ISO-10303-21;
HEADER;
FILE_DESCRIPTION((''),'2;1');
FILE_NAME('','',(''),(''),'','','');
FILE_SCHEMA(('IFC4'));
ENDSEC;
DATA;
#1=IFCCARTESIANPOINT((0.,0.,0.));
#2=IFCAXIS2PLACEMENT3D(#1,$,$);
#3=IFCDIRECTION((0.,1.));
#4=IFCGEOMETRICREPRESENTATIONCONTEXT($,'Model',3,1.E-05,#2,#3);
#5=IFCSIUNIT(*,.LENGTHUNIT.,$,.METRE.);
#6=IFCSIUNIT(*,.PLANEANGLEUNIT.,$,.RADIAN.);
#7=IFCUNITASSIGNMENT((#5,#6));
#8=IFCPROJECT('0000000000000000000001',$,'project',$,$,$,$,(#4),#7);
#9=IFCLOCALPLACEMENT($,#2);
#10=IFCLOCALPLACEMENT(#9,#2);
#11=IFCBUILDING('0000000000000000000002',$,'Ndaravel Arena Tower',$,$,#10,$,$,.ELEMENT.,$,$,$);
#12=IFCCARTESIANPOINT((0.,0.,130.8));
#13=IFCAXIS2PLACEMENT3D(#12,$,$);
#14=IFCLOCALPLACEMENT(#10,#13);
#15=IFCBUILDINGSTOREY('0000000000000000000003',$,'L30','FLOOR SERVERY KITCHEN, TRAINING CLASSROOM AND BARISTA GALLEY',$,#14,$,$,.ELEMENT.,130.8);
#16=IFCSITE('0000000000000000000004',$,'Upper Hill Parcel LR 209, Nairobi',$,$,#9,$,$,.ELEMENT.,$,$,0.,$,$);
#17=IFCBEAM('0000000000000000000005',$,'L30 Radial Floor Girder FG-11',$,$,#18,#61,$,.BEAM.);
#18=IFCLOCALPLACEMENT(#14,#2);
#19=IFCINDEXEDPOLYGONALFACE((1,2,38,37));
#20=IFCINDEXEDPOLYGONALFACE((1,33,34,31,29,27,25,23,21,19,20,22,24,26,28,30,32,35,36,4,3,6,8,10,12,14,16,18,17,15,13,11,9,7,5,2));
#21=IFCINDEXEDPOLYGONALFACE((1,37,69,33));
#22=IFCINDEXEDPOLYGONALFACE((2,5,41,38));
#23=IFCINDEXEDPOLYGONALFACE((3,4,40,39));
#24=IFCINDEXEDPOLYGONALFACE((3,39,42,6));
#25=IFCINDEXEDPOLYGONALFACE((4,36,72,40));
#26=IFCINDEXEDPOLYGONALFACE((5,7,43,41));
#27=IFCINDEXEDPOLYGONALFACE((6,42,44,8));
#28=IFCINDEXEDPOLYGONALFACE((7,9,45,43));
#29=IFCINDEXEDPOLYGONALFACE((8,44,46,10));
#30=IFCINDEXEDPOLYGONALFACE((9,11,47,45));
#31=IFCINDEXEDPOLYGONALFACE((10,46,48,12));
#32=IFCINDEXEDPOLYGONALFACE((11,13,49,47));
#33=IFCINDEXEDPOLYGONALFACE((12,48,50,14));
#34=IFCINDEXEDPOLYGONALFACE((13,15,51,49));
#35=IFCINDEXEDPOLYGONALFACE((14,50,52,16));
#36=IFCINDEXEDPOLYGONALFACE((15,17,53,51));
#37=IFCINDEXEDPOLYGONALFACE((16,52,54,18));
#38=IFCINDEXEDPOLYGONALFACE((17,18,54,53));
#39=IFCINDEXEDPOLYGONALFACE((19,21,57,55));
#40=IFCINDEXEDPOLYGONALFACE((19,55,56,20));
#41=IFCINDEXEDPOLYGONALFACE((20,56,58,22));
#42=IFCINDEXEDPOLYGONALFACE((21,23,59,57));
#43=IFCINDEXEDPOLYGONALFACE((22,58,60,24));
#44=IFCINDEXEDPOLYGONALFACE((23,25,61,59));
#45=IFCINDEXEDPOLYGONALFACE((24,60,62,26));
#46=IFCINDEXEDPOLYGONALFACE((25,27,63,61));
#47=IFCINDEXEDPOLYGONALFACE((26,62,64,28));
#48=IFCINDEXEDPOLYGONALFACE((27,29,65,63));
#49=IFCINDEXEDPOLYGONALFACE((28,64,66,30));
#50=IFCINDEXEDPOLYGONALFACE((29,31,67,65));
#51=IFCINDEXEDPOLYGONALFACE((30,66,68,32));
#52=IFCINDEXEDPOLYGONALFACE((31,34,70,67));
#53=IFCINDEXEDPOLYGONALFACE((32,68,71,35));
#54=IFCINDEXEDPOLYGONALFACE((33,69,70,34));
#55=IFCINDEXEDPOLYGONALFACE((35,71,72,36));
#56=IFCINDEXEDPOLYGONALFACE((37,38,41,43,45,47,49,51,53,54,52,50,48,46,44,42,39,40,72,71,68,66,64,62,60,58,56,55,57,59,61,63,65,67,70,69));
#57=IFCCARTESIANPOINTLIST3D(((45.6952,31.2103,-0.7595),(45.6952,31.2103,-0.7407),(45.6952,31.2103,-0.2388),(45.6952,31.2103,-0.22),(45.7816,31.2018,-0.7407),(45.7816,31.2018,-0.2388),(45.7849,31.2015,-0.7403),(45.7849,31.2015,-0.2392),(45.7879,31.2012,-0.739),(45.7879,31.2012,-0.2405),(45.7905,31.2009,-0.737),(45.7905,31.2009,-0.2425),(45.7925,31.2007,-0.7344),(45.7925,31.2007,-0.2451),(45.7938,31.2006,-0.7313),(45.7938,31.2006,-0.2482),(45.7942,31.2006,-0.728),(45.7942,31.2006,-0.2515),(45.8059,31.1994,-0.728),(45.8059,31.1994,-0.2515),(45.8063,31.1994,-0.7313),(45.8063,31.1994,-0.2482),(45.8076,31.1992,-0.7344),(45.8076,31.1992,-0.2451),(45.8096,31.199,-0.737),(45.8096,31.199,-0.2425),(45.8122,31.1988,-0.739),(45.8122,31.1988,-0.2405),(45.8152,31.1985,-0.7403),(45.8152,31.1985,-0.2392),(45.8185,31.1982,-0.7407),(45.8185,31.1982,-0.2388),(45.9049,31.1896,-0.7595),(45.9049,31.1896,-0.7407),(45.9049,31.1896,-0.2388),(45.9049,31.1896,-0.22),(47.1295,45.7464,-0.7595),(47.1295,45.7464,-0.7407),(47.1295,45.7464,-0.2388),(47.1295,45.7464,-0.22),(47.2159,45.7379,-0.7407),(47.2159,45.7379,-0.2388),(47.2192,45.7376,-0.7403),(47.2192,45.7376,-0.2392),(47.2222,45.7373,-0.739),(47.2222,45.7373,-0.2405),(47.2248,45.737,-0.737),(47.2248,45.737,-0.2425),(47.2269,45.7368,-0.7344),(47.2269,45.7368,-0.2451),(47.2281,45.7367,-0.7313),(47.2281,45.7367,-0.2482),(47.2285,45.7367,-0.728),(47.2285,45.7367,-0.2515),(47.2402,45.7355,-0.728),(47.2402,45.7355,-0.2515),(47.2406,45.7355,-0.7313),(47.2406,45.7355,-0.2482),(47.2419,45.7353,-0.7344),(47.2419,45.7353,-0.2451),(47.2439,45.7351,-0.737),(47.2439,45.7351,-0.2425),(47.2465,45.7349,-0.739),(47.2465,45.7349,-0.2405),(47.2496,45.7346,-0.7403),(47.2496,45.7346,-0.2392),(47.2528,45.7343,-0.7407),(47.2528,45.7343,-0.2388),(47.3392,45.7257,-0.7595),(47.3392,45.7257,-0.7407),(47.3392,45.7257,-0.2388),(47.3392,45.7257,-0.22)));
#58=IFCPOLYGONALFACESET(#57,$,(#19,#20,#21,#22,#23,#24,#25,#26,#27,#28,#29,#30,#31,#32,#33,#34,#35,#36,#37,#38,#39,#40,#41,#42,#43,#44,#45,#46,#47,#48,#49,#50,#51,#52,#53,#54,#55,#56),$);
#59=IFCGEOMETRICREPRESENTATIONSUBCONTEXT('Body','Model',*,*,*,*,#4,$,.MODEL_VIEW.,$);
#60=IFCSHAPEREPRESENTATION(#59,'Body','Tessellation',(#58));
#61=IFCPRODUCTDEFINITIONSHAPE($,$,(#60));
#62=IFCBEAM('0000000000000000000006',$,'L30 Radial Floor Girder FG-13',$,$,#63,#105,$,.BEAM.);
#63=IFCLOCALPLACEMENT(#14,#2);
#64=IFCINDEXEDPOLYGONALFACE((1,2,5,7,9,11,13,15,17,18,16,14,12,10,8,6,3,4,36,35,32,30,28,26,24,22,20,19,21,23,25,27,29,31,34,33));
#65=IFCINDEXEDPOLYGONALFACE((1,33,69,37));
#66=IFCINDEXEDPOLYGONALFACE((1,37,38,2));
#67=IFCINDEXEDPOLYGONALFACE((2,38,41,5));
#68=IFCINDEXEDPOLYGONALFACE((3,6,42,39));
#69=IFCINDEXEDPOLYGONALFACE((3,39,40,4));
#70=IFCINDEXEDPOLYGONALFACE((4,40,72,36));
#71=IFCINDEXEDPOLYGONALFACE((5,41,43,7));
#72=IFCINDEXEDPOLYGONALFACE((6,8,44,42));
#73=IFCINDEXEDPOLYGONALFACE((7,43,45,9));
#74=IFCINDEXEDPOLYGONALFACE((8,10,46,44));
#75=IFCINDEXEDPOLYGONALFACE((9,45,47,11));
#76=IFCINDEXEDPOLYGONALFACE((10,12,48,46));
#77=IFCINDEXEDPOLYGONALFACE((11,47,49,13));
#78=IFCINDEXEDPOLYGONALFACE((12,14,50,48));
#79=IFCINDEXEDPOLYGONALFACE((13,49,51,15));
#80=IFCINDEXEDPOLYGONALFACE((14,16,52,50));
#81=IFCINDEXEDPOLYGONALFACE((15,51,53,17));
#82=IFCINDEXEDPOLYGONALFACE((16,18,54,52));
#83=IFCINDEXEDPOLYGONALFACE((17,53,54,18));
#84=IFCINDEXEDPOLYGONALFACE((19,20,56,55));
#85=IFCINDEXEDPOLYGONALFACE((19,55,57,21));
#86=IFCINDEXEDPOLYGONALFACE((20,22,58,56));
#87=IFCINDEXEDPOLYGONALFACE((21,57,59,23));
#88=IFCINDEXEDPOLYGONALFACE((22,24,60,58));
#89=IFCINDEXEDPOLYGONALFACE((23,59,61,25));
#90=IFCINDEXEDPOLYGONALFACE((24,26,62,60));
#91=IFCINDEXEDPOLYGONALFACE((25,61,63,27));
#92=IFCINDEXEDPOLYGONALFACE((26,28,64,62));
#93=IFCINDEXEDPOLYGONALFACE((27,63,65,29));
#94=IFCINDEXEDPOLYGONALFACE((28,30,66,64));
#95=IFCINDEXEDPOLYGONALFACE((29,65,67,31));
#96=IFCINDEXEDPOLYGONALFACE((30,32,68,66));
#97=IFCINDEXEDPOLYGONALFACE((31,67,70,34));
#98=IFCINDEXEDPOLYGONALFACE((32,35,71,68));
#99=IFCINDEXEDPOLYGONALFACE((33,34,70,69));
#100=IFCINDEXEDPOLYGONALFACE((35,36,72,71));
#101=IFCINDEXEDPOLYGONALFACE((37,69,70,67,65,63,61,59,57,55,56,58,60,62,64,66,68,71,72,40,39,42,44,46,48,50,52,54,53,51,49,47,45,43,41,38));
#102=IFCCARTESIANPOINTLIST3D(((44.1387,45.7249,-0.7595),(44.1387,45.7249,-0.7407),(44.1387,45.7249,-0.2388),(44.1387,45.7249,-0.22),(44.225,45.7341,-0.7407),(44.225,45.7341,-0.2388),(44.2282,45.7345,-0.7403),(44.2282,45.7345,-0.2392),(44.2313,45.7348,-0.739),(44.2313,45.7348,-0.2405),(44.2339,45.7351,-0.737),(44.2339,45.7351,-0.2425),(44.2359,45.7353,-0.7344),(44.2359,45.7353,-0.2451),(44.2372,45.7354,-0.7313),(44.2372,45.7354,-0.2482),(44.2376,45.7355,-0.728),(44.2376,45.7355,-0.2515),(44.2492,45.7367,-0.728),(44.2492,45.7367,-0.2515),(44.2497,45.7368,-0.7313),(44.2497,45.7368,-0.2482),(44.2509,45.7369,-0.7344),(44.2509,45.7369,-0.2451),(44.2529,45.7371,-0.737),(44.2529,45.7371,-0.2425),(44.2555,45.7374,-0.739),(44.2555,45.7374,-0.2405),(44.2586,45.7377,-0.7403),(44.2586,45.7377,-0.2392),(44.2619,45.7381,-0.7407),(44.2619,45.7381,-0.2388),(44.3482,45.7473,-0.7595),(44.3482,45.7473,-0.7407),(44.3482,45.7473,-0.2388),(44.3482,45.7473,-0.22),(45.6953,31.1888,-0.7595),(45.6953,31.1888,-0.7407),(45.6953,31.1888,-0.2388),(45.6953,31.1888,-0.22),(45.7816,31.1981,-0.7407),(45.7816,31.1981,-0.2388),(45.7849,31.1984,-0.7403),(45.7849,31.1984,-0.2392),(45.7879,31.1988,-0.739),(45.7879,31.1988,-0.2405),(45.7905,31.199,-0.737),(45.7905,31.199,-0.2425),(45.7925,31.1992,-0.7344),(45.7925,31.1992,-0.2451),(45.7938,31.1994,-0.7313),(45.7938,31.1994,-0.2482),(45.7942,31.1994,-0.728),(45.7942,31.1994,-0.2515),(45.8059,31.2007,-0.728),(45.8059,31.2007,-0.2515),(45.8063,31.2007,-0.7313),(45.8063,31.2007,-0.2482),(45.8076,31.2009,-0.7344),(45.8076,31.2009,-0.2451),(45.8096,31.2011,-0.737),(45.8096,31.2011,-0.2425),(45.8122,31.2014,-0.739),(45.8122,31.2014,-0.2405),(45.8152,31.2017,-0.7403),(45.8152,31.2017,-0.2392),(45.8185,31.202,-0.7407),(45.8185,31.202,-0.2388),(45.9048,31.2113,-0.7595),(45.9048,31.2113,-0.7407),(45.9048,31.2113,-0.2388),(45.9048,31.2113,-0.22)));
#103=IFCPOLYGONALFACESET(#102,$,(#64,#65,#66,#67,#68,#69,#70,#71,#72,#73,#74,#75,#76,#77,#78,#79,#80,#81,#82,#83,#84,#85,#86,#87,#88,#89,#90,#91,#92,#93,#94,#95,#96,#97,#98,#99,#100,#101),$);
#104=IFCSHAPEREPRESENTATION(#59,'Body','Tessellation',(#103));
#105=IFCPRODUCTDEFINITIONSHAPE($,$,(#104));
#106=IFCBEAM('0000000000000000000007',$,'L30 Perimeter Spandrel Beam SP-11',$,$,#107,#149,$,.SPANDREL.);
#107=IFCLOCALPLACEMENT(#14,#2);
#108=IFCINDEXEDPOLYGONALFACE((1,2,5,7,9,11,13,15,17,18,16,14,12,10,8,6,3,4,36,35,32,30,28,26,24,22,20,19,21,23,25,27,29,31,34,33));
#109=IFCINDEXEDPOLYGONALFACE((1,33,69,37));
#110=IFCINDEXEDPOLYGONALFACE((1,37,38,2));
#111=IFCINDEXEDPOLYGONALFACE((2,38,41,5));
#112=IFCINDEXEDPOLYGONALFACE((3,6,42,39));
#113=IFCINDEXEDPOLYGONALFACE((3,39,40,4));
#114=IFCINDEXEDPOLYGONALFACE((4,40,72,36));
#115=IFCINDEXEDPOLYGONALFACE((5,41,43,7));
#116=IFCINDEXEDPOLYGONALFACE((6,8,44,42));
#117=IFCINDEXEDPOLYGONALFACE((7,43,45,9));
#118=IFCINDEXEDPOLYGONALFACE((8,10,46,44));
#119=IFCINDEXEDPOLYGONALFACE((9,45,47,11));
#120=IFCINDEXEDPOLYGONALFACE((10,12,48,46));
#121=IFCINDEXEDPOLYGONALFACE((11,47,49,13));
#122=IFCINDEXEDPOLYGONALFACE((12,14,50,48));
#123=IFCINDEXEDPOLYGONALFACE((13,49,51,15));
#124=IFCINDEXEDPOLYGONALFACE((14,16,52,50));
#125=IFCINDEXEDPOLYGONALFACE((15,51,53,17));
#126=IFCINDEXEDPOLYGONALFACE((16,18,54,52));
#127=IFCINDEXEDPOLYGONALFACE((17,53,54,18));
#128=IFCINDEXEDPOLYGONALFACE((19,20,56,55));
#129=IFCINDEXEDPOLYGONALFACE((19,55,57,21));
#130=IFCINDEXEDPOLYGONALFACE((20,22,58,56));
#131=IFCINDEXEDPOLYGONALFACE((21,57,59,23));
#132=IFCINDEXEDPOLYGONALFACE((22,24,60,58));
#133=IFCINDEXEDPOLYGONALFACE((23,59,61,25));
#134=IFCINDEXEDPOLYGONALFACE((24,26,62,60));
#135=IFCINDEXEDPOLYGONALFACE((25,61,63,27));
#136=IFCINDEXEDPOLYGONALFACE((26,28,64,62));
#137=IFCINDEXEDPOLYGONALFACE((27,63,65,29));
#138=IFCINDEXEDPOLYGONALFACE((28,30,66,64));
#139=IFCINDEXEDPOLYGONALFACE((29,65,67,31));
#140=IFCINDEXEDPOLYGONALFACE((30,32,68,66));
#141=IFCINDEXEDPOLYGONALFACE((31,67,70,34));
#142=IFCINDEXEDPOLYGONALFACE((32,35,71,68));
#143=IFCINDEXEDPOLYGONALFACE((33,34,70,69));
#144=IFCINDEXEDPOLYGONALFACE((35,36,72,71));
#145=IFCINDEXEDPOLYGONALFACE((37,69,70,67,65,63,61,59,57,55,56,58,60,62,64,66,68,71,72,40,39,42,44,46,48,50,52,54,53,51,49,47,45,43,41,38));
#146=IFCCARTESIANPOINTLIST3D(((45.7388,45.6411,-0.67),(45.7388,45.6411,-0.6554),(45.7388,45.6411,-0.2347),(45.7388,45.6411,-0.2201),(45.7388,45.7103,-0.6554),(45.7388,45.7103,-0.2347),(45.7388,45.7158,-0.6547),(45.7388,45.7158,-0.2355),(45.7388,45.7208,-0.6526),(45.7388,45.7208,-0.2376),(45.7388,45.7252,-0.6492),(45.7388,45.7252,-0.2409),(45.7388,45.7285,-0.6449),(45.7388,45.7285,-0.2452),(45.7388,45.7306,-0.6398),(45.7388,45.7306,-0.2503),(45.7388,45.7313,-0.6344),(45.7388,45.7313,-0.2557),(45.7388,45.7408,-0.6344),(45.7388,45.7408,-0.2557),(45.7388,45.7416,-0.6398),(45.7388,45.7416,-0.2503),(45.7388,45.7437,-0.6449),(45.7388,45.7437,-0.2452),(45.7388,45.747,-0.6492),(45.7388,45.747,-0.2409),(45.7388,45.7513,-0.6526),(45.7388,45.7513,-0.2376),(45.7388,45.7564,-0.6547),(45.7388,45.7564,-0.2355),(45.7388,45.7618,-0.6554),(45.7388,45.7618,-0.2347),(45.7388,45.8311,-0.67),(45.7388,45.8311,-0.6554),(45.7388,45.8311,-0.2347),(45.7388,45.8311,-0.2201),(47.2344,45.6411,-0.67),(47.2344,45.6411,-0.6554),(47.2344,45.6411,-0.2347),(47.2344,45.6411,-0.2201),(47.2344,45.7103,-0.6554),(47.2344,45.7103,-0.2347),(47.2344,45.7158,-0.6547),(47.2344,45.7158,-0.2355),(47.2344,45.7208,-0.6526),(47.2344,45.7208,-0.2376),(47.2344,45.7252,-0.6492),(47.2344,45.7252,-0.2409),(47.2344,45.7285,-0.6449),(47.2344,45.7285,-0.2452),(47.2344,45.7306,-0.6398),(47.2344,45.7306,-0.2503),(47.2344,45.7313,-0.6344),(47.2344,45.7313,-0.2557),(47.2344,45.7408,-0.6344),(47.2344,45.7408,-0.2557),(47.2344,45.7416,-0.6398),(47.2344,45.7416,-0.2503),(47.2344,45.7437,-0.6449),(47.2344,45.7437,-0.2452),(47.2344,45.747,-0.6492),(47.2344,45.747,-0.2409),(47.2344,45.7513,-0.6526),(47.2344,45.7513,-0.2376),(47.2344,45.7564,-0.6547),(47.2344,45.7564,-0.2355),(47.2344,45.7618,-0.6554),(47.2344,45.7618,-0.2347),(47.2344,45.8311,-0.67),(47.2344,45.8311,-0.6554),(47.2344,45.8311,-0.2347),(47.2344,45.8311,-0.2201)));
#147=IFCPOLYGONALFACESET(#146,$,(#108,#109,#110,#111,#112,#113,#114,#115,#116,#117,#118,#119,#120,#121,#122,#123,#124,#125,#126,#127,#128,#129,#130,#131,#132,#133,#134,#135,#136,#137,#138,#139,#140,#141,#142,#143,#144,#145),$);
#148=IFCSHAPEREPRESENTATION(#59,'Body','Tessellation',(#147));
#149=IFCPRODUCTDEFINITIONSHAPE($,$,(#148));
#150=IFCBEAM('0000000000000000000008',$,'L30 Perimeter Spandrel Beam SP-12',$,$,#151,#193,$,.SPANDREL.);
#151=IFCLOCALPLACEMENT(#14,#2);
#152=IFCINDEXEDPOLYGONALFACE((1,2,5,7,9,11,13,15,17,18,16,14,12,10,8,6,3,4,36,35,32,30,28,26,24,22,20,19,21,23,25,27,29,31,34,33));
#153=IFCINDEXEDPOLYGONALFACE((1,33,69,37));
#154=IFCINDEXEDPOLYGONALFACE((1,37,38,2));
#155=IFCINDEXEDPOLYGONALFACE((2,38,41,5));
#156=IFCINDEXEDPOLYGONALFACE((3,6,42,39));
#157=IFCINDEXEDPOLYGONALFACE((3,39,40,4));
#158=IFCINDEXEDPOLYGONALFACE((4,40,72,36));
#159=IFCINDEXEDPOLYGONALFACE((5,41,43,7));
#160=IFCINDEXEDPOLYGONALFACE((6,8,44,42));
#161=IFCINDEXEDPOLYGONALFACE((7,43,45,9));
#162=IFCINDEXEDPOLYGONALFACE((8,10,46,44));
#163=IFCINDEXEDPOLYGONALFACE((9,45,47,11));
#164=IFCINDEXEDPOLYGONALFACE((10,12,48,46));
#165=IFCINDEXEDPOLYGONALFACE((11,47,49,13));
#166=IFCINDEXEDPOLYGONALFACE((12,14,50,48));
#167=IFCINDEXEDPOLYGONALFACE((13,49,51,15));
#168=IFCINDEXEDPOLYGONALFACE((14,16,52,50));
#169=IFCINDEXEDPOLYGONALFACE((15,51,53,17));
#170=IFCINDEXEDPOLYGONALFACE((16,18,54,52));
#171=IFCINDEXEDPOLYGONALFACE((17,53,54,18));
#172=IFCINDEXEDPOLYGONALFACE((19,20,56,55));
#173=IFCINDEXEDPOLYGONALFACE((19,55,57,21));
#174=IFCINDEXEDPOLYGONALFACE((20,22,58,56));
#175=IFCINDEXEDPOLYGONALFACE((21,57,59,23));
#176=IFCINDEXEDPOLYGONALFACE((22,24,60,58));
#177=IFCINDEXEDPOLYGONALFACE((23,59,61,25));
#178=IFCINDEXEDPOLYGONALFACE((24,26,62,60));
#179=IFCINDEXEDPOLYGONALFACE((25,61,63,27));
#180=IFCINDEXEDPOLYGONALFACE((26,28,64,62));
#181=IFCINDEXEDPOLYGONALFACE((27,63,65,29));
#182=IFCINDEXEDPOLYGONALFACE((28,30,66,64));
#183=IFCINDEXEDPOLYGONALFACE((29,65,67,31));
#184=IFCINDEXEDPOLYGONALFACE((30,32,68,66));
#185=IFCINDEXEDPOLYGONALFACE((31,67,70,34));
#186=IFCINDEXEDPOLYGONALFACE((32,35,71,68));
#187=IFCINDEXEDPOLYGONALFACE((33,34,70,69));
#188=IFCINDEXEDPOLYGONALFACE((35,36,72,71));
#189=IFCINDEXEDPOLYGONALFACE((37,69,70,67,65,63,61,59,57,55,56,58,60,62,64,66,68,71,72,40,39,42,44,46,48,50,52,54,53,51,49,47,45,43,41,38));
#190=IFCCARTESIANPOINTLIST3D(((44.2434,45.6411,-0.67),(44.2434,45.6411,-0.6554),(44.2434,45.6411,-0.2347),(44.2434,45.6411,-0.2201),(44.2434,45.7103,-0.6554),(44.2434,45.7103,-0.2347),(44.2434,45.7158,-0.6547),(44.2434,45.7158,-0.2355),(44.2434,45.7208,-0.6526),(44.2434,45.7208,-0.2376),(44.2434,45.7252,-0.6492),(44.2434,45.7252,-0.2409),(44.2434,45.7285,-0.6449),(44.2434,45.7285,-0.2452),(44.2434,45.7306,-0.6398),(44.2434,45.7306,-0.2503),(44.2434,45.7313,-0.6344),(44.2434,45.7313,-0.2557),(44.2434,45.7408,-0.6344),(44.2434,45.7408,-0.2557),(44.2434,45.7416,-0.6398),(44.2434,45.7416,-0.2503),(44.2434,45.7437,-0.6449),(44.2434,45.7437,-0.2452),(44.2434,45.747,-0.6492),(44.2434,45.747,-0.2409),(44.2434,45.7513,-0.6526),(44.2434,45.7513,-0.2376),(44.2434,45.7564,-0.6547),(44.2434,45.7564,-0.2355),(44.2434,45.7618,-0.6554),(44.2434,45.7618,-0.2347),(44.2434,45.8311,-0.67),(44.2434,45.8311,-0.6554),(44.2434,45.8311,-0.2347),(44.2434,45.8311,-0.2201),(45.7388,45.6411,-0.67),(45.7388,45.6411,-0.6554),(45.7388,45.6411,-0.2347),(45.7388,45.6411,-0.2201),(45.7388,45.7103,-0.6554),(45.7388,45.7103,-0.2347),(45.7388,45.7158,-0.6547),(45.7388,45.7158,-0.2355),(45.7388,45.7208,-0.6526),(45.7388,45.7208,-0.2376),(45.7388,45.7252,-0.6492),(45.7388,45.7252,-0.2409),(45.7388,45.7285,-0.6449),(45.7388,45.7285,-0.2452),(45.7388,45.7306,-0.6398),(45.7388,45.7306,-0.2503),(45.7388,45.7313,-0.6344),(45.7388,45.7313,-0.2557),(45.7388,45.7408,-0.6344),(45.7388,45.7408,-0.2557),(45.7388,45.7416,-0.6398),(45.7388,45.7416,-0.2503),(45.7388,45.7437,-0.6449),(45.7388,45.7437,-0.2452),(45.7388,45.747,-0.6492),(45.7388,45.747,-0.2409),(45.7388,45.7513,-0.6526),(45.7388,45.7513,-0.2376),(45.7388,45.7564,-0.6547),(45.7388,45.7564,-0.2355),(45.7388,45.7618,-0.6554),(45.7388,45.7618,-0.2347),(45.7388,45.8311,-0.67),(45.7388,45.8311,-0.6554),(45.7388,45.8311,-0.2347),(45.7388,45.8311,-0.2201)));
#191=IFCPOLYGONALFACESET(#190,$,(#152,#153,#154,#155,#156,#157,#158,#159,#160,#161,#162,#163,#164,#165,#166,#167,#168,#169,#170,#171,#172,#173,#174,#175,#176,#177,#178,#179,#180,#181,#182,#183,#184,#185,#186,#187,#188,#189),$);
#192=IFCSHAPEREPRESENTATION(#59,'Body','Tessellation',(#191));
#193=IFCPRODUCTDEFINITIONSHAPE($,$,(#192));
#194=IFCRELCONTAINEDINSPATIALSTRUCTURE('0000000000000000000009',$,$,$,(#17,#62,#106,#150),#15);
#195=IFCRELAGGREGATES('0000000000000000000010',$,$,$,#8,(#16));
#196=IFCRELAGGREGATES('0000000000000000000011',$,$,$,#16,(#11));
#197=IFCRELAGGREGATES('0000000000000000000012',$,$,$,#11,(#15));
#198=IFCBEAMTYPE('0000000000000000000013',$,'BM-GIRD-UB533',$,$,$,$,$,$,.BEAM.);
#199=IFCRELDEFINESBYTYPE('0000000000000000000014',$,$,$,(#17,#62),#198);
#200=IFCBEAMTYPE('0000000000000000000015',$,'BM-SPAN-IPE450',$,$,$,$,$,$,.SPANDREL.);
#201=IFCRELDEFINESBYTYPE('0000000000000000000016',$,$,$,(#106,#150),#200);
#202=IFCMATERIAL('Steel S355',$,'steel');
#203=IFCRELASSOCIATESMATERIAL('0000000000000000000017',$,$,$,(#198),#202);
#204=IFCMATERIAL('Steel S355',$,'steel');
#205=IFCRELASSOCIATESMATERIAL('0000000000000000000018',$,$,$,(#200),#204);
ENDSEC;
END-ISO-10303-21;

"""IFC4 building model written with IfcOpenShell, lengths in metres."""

from ifc_helpers import new_model, si_unit, direction, frame, origin, origin_2d, place, context, subcontext, project, spatial, i_section, extrude, material, material_profile, profile_set, type_object, element, save


model = new_model("IFC4")

# Units and contexts
model_context = context("Model", 3, precision=1e-05, world=origin(), true_north=direction((0.0, 1.0)))
body_context = subcontext(model_context, "Body", "Model", "MODEL_VIEW")
ifc_project = project(units=[si_unit("LENGTHUNIT", "METRE"), si_unit("PLANEANGLEUNIT", "RADIAN")], contexts=[model_context])

# Site, building, storey
site_placement = place(None, origin())
site = spatial("IfcSite", under=ifc_project, at=site_placement, Name="Upper Hill Parcel LR 209, Nairobi", CompositionType="ELEMENT", RefElevation=0.0)
building_placement = place(site_placement, origin())
building = spatial("IfcBuilding", under=site, at=building_placement, Name="Ndaravel Arena Tower", CompositionType="ELEMENT")
storey_placement = place(building_placement, frame((0.0, 0.0, 130.8)))
storey = spatial("IfcBuildingStorey", under=building, at=storey_placement, Name="L30", Description="FLOOR SERVERY KITCHEN, TRAINING CLASSROOM AND BARISTA GALLEY", CompositionType="ELEMENT", Elevation=130.8)

# Beams
ifc_material_1 = material(Name="Steel S355", Category="steel")
ifc_material_profile_1 = material_profile(ifc_material_1, i_section(OverallWidth=0.2107, OverallDepth=0.5396, WebThickness=0.0117, FlangeThickness=0.0188, FilletRadius=0.0127, at=origin_2d()), Name="UB 533x210x109")
ifc_profile_set_1 = profile_set([ifc_material_profile_1], Name="Steel S355")
beam_type_1 = type_object("IfcBeamType", Name="BM-GIRD-UB533", PredefinedType="BEAM", material=ifc_profile_set_1)
beam_1_placement = place(storey_placement, frame((47.2344, 45.7361, -0.4897), z_axis=(-0.098196, -0.995167, 0.0), x_axis=(0.995167, -0.098196, 0.0)))
element("IfcBeam", 1, at=beam_1_placement, inside=storey, type_object=beam_type_1, Name="L30 Radial Floor Girder FG-11", PredefinedType="BEAM", context=body_context, shape_type="SweptSolid", body=[
    extrude(i_section(OverallWidth=0.2107, OverallDepth=0.5396, WebThickness=0.0117, FlangeThickness=0.0188, FilletRadius=0.0127, at=origin_2d()), origin(), (0.0, 0.0, 1.0), 14.6067),
])
beam_2_placement = place(storey_placement, frame((44.2434, 45.7361, -0.4897), z_axis=(0.106479, -0.994315, 0.0), x_axis=(0.994315, 0.106479, 0.0)))
element("IfcBeam", 2, at=beam_2_placement, inside=storey, type_object=beam_type_1, Name="L30 Radial Floor Girder FG-13", PredefinedType="BEAM", context=body_context, shape_type="SweptSolid", body=[
    extrude(i_section(OverallWidth=0.2107, OverallDepth=0.5396, WebThickness=0.0117, FlangeThickness=0.0188, FilletRadius=0.0127, at=origin_2d()), origin(), (0.0, 0.0, 1.0), 14.6191),
])
ifc_material_2 = material(Name="Steel S355", Category="steel")
ifc_material_profile_2 = material_profile(ifc_material_2, i_section(OverallWidth=0.1899, OverallDepth=0.45, WebThickness=0.0095, FlangeThickness=0.0146, FilletRadius=0.021, at=origin_2d()), Name="IPE 450")
ifc_profile_set_2 = profile_set([ifc_material_profile_2], Name="Steel S355")
beam_type_2 = type_object("IfcBeamType", Name="BM-SPAN-IPE450", PredefinedType="SPANDREL", material=ifc_profile_set_2)
beam_3_placement = place(storey_placement, frame((47.2344, 45.7361, -0.4451), z_axis=(-1.0, 0.0, 0.0), x_axis=(0.0, -1.0, 0.0)))
element("IfcBeam", 3, at=beam_3_placement, inside=storey, type_object=beam_type_2, Name="L30 Perimeter Spandrel Beam SP-11", PredefinedType="SPANDREL", context=body_context, shape_type="SweptSolid", body=[
    extrude(i_section(OverallWidth=0.1899, OverallDepth=0.45, WebThickness=0.0095, FlangeThickness=0.0146, FilletRadius=0.021, at=origin_2d()), origin(), (0.0, 0.0, 1.0), 1.4956),
])
beam_4_placement = place(storey_placement, frame((45.7388, 45.7361, -0.4451), z_axis=(-1.0, 0.0, 0.0), x_axis=(0.0, -1.0, 0.0)))
element("IfcBeam", 4, at=beam_4_placement, inside=storey, type_object=beam_type_2, Name="L30 Perimeter Spandrel Beam SP-12", PredefinedType="SPANDREL", context=body_context, shape_type="SweptSolid", body=[
    extrude(i_section(OverallWidth=0.1899, OverallDepth=0.45, WebThickness=0.0095, FlangeThickness=0.0146, FilletRadius=0.021, at=origin_2d()), origin(), (0.0, 0.0, 1.0), 1.4954),
])

save(model, "model.ifc")
